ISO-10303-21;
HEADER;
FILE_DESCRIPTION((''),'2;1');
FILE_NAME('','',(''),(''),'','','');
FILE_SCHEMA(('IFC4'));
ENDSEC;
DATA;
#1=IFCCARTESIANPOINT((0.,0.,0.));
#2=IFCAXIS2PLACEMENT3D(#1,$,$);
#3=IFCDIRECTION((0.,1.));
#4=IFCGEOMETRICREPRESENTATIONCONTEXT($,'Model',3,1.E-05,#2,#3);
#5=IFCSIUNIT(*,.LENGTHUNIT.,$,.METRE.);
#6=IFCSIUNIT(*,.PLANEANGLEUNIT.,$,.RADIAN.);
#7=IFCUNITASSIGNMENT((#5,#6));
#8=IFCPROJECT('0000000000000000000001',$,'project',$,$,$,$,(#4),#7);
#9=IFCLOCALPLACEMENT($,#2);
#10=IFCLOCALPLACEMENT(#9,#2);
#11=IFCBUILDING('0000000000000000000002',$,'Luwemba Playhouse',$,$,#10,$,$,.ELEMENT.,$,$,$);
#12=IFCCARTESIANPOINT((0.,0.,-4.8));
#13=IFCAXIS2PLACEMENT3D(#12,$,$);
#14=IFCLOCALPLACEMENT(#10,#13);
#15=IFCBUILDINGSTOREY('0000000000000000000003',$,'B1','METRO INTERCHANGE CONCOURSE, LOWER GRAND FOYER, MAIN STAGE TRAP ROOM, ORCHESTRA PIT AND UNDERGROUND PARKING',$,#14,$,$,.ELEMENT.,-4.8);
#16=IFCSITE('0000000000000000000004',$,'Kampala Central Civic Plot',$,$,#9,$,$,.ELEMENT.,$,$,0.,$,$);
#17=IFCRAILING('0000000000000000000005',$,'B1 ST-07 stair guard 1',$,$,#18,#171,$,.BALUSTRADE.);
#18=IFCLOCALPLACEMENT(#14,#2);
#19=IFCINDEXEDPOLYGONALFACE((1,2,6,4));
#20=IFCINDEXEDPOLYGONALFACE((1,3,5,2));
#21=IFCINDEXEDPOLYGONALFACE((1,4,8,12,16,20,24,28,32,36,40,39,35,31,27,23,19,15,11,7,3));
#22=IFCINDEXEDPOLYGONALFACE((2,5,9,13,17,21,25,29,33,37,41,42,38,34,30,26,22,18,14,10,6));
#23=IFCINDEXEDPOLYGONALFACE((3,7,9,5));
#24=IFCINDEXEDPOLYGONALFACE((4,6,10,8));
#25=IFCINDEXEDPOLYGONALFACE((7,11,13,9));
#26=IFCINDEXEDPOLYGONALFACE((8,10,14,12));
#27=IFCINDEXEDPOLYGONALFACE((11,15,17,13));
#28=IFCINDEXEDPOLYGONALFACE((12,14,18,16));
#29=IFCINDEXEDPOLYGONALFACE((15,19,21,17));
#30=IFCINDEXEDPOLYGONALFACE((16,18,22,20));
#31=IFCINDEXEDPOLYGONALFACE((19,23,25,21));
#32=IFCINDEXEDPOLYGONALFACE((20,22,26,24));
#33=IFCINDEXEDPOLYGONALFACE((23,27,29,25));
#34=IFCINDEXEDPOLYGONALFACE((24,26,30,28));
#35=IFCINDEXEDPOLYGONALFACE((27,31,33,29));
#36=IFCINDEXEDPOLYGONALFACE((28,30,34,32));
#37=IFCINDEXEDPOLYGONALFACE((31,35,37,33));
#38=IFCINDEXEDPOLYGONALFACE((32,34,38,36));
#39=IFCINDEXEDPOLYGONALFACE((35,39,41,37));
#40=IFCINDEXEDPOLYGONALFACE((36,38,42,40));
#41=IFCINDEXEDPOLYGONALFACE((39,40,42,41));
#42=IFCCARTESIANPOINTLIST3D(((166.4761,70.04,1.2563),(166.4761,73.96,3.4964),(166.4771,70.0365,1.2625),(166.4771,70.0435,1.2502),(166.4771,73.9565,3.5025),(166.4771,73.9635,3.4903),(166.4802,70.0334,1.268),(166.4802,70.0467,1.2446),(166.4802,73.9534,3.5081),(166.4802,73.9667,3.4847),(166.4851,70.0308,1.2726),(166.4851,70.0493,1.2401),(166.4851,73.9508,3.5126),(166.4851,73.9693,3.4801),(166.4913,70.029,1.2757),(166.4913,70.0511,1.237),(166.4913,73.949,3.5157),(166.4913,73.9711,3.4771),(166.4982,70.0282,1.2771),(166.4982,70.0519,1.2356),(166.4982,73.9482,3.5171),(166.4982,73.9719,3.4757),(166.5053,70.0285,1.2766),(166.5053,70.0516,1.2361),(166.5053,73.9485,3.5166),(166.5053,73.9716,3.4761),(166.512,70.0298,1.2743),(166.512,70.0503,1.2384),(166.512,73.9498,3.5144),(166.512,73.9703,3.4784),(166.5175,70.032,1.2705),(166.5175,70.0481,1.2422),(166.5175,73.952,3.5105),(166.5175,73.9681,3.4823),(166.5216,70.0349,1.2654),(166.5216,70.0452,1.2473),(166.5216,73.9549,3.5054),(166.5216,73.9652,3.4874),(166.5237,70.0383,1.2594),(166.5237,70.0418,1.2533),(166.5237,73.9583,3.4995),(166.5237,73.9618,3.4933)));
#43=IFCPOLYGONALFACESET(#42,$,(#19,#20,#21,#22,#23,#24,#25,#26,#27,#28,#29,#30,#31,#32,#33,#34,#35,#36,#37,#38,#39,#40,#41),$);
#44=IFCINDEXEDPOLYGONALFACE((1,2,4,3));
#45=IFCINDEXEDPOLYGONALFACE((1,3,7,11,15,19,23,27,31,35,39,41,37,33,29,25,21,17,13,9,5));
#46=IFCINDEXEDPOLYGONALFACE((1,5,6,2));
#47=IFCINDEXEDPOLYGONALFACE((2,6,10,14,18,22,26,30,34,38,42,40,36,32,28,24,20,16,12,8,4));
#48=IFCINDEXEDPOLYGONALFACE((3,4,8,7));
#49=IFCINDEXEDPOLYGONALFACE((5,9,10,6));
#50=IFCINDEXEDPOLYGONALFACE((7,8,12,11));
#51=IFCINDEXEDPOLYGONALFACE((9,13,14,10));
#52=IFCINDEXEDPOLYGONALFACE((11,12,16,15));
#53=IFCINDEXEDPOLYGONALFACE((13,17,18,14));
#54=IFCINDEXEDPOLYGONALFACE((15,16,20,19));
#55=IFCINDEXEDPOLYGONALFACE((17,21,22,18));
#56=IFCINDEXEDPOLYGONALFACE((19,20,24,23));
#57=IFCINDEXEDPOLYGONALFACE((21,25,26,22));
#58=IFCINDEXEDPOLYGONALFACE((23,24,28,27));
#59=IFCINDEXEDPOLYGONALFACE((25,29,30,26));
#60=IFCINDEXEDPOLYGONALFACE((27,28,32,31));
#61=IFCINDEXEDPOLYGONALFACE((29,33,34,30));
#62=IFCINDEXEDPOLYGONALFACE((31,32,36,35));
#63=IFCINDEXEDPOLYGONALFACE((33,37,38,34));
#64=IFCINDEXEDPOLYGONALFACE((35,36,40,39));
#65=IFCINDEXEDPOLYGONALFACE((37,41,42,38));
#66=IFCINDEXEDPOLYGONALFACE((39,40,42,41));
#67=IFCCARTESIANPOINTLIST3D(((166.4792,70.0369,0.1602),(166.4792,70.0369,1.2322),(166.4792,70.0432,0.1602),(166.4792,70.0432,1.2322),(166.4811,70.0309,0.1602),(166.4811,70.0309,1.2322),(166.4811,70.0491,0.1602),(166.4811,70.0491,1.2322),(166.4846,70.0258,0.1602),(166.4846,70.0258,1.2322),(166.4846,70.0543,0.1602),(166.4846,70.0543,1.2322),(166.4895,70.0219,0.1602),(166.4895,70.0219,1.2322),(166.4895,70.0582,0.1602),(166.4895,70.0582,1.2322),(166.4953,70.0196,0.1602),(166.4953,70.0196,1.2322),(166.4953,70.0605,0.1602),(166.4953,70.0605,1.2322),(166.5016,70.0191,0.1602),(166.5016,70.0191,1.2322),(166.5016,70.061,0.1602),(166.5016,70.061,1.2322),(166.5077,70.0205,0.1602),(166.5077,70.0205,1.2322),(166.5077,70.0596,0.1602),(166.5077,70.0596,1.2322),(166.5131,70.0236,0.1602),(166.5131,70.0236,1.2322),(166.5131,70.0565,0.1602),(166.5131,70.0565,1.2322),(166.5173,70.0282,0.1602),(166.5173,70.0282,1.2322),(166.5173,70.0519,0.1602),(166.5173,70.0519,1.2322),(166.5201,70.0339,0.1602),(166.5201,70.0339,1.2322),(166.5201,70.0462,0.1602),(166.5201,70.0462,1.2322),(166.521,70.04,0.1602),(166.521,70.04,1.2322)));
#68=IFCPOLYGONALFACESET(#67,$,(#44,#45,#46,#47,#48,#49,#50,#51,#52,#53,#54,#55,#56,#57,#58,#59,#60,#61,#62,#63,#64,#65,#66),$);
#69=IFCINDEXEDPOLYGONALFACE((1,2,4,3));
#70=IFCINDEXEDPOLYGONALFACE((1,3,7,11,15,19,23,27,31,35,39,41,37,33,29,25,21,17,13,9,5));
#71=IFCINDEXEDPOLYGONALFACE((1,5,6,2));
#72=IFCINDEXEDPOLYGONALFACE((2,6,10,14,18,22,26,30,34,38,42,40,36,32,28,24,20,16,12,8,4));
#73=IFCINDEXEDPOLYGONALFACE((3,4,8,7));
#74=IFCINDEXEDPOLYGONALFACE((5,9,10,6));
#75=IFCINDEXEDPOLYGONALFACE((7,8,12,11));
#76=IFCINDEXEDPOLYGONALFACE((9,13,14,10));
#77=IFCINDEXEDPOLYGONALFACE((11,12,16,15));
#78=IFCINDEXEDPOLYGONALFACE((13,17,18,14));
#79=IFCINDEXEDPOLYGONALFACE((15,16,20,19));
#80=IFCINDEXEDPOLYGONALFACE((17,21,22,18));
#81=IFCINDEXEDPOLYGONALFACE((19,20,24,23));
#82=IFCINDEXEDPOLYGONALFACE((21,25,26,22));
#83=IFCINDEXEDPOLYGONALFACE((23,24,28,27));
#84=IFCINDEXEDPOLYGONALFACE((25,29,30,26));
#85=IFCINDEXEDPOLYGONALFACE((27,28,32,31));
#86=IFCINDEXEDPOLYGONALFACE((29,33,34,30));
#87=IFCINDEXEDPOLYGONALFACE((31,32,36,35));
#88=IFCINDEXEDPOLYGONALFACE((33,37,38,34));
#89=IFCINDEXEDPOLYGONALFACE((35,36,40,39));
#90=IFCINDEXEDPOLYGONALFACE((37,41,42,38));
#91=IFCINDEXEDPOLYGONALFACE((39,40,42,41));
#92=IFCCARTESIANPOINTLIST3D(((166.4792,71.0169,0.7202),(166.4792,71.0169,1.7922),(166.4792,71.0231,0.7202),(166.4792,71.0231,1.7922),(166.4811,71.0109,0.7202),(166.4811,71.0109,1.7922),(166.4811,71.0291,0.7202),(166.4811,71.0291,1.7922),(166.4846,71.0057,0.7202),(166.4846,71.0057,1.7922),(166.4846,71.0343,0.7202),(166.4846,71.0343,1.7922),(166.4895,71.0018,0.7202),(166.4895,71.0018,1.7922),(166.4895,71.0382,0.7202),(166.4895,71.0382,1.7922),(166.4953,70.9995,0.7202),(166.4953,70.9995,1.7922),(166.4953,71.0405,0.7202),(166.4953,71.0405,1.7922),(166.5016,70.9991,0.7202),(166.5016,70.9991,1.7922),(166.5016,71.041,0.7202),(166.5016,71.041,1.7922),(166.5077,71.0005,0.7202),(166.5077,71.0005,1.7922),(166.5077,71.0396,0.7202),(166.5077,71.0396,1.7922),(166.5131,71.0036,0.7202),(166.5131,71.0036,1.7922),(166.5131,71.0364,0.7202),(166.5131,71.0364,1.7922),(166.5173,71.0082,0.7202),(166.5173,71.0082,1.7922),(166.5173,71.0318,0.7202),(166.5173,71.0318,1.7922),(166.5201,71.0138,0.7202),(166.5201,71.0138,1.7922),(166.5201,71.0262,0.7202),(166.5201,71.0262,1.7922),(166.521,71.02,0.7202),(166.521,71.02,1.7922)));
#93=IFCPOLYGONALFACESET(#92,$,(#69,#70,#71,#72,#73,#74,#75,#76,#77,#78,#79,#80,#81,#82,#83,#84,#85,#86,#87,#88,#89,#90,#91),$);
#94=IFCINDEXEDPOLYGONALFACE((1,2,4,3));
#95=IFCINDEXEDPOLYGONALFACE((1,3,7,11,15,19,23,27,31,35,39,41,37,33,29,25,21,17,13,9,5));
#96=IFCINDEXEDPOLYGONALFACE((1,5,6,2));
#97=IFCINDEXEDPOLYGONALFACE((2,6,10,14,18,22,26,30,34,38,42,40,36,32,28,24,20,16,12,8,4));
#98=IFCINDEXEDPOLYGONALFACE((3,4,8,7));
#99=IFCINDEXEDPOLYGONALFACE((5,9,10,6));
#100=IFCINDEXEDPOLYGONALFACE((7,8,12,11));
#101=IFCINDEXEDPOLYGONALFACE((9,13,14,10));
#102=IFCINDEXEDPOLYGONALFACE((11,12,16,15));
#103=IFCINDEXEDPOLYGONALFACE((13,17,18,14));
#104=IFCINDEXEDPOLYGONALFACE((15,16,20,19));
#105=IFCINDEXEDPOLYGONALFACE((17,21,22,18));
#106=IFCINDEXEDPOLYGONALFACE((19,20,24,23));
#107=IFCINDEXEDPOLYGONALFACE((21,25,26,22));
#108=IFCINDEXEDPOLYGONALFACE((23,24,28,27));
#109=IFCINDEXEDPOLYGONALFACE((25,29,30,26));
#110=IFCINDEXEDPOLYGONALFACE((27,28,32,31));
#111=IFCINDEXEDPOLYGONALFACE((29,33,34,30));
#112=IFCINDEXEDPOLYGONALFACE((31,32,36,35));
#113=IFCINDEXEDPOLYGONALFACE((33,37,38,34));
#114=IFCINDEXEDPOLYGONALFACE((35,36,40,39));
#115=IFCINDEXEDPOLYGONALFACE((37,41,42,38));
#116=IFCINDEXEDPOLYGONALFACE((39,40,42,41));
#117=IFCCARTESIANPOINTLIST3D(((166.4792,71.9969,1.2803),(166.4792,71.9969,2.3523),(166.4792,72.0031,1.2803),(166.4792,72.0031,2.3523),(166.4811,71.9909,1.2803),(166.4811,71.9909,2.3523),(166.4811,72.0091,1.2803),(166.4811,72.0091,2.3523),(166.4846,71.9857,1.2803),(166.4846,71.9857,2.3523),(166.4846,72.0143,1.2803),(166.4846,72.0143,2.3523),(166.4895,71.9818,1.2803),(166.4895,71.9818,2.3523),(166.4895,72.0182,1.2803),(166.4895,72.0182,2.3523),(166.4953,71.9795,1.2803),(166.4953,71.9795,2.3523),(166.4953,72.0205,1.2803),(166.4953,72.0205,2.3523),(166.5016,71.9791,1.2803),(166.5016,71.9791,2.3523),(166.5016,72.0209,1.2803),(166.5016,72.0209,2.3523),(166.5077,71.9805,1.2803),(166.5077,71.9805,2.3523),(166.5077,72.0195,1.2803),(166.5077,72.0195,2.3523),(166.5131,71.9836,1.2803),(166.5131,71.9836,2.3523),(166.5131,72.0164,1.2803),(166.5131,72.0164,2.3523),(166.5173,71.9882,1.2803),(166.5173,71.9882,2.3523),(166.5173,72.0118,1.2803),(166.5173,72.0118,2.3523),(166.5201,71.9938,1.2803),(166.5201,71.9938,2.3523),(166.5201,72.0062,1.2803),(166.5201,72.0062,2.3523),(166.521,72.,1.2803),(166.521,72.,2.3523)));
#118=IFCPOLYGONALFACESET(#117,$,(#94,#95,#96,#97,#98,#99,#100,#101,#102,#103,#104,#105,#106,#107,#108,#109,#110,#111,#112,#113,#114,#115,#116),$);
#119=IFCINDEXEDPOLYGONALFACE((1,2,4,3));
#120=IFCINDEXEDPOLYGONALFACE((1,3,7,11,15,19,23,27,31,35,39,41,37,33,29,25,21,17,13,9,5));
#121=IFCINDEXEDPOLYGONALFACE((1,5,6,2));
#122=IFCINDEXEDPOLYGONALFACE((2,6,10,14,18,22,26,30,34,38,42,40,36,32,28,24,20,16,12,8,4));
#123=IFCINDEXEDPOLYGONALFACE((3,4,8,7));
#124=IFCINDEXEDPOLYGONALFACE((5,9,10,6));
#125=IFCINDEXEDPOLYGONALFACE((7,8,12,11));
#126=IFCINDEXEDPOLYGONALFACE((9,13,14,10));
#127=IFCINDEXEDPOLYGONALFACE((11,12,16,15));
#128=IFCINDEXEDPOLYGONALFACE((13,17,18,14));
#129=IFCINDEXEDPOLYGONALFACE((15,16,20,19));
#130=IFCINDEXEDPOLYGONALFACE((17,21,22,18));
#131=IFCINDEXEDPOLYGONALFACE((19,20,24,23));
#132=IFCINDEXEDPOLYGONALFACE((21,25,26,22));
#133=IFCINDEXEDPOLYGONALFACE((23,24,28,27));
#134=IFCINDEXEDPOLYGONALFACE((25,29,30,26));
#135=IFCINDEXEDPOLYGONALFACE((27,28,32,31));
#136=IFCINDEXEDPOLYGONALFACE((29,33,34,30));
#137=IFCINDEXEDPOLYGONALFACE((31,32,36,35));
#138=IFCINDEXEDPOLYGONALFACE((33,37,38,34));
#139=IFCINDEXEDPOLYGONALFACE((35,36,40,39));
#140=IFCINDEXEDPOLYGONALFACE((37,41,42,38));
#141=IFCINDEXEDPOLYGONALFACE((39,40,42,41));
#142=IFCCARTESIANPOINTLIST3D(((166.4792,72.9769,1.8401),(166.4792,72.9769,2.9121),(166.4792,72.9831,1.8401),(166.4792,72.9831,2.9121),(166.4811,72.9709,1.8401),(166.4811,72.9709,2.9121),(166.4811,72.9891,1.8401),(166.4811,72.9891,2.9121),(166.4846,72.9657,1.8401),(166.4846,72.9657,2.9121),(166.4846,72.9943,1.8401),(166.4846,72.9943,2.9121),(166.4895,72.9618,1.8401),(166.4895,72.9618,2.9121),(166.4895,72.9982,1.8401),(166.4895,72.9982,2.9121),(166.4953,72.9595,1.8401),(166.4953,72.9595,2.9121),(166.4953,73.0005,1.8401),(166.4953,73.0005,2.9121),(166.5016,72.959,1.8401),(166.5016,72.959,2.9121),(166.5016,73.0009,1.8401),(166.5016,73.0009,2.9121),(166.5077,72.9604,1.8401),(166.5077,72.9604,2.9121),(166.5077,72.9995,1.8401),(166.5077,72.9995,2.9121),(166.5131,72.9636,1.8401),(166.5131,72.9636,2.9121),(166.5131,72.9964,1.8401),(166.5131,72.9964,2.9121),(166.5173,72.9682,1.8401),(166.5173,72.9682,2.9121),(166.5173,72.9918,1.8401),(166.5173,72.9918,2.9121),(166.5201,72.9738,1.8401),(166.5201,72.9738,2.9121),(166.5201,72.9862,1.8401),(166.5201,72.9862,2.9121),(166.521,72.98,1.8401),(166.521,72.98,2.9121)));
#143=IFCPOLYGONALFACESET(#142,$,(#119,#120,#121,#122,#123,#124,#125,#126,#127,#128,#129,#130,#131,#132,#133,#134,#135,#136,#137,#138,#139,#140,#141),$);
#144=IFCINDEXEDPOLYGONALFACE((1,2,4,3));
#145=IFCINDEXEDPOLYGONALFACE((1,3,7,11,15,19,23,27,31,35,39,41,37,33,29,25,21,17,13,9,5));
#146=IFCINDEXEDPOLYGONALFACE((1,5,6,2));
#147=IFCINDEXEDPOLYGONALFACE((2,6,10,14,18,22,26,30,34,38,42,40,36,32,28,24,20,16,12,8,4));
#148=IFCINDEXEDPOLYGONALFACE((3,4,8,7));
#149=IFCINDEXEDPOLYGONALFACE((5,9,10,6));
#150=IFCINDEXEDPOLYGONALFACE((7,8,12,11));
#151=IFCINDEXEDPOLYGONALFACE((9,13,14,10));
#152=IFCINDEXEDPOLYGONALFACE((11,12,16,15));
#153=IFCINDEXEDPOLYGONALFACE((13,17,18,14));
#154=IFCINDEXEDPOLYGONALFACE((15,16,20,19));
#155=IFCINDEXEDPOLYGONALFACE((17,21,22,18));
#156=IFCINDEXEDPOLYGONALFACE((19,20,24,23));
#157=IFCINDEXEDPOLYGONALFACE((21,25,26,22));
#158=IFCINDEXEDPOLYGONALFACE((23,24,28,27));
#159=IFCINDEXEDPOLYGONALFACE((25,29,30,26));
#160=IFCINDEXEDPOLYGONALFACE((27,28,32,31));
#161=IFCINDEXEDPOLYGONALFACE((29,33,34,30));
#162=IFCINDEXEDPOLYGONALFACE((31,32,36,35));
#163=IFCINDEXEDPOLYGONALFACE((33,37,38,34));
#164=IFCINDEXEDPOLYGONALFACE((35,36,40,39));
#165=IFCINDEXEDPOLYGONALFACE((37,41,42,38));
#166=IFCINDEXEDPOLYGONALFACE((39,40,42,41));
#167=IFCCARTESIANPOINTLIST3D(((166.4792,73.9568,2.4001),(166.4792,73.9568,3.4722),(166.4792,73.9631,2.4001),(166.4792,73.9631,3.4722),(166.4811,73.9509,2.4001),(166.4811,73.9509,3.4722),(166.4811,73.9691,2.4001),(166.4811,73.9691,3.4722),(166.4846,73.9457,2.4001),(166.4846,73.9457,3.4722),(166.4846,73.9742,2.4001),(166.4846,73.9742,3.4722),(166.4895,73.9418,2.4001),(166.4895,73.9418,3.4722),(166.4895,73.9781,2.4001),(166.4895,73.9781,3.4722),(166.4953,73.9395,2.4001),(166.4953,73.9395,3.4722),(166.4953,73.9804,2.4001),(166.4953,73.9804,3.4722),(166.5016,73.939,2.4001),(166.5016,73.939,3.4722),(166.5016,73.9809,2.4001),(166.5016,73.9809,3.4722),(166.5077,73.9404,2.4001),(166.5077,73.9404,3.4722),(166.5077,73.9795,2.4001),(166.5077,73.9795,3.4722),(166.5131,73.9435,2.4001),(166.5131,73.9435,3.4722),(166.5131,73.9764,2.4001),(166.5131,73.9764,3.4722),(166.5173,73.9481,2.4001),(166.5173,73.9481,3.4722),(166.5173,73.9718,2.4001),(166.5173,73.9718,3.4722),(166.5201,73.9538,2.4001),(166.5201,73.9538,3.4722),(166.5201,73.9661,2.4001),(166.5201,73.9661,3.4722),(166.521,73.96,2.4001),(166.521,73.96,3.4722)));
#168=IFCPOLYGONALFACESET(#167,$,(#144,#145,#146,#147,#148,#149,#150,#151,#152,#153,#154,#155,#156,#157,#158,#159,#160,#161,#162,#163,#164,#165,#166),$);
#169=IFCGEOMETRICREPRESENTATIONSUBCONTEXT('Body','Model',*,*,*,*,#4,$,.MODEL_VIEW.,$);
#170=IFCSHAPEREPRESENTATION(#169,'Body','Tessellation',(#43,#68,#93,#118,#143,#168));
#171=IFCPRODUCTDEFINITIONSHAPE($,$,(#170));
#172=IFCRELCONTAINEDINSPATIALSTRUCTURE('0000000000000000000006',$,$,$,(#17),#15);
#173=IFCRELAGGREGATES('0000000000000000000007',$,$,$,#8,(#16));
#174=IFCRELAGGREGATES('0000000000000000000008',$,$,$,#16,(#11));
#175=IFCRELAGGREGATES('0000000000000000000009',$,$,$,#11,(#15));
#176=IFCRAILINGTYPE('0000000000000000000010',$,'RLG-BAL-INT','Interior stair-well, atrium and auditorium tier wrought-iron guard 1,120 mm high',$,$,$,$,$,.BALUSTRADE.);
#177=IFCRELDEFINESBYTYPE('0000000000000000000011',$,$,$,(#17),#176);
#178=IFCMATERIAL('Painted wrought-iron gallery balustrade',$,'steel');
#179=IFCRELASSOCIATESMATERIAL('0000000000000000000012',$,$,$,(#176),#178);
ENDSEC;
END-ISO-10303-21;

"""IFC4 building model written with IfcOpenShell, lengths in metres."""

from ifc_helpers import new_model, si_unit, direction, frame, origin, origin_2d, place, context, subcontext, project, spatial, circle, extrude, material, type_object, element, save


model = new_model("IFC4")

# Units and contexts
model_context = context("Model", 3, precision=1e-05, world=origin(), true_north=direction((0.0, 1.0)))
body_context = subcontext(model_context, "Body", "Model", "MODEL_VIEW")
ifc_project = project(units=[si_unit("LENGTHUNIT", "METRE"), si_unit("PLANEANGLEUNIT", "RADIAN")], contexts=[model_context])

# Site, building, storey
site_placement = place(None, origin())
site = spatial("IfcSite", under=ifc_project, at=site_placement, Name="Kampala Central Civic Plot", CompositionType="ELEMENT", RefElevation=0.0)
building_placement = place(site_placement, origin())
building = spatial("IfcBuilding", under=site, at=building_placement, Name="Luwemba Playhouse", CompositionType="ELEMENT")
storey_placement = place(building_placement, frame((0.0, 0.0, -4.8)))
storey = spatial("IfcBuildingStorey", under=building, at=storey_placement, Name="B1", Description="METRO INTERCHANGE CONCOURSE, LOWER GRAND FOYER, MAIN STAGE TRAP ROOM, ORCHESTRA PIT AND UNDERGROUND PARKING", CompositionType="ELEMENT", Elevation=-4.8)

# Railing
ifc_material_1 = material(Name="Painted wrought-iron gallery balustrade", Category="steel")
railing_type_1 = type_object("IfcRailingType", Name="RLG-BAL-INT", Description="Interior stair-well, atrium and auditorium tier wrought-iron guard 1,120 mm high", PredefinedType="BALUSTRADE", material=ifc_material_1)
railing_1_placement = place(storey_placement, frame((166.5, 70.04, 0.1602)))
element("IfcRailing", 1, at=railing_1_placement, inside=storey, type_object=railing_type_1, Name="B1 ST-07 stair guard 1", PredefinedType="BALUSTRADE", context=body_context, shape_type="SweptSolid", body=[
    extrude(circle(Radius=0.0239, at=origin_2d()), frame((0.0, 0.0, 1.0962), z_axis=(0.0, 0.86824, 0.496145), x_axis=(-1.0, 0.0, 0.0)), (0.0, 0.0, 1.0), 4.5149),
    extrude(circle(Radius=0.021, at=origin_2d()), origin(), (0.0, 0.0, 1.0), 1.072),
    extrude(circle(Radius=0.021, at=origin_2d()), frame((0.0, 0.98, 0.5601)), (0.0, 0.0, 1.0), 1.072),
    extrude(circle(Radius=0.021, at=origin_2d()), frame((0.0, 1.96, 1.1201)), (0.0, 0.0, 1.0), 1.072),
    extrude(circle(Radius=0.021, at=origin_2d()), frame((0.0, 2.9399, 1.6799)), (0.0, 0.0, 1.0), 1.072),
    extrude(circle(Radius=0.021, at=origin_2d()), frame((0.0, 3.9199, 2.24)), (0.0, 0.0, 1.0), 1.072),
])

save(model, "model.ifc")
